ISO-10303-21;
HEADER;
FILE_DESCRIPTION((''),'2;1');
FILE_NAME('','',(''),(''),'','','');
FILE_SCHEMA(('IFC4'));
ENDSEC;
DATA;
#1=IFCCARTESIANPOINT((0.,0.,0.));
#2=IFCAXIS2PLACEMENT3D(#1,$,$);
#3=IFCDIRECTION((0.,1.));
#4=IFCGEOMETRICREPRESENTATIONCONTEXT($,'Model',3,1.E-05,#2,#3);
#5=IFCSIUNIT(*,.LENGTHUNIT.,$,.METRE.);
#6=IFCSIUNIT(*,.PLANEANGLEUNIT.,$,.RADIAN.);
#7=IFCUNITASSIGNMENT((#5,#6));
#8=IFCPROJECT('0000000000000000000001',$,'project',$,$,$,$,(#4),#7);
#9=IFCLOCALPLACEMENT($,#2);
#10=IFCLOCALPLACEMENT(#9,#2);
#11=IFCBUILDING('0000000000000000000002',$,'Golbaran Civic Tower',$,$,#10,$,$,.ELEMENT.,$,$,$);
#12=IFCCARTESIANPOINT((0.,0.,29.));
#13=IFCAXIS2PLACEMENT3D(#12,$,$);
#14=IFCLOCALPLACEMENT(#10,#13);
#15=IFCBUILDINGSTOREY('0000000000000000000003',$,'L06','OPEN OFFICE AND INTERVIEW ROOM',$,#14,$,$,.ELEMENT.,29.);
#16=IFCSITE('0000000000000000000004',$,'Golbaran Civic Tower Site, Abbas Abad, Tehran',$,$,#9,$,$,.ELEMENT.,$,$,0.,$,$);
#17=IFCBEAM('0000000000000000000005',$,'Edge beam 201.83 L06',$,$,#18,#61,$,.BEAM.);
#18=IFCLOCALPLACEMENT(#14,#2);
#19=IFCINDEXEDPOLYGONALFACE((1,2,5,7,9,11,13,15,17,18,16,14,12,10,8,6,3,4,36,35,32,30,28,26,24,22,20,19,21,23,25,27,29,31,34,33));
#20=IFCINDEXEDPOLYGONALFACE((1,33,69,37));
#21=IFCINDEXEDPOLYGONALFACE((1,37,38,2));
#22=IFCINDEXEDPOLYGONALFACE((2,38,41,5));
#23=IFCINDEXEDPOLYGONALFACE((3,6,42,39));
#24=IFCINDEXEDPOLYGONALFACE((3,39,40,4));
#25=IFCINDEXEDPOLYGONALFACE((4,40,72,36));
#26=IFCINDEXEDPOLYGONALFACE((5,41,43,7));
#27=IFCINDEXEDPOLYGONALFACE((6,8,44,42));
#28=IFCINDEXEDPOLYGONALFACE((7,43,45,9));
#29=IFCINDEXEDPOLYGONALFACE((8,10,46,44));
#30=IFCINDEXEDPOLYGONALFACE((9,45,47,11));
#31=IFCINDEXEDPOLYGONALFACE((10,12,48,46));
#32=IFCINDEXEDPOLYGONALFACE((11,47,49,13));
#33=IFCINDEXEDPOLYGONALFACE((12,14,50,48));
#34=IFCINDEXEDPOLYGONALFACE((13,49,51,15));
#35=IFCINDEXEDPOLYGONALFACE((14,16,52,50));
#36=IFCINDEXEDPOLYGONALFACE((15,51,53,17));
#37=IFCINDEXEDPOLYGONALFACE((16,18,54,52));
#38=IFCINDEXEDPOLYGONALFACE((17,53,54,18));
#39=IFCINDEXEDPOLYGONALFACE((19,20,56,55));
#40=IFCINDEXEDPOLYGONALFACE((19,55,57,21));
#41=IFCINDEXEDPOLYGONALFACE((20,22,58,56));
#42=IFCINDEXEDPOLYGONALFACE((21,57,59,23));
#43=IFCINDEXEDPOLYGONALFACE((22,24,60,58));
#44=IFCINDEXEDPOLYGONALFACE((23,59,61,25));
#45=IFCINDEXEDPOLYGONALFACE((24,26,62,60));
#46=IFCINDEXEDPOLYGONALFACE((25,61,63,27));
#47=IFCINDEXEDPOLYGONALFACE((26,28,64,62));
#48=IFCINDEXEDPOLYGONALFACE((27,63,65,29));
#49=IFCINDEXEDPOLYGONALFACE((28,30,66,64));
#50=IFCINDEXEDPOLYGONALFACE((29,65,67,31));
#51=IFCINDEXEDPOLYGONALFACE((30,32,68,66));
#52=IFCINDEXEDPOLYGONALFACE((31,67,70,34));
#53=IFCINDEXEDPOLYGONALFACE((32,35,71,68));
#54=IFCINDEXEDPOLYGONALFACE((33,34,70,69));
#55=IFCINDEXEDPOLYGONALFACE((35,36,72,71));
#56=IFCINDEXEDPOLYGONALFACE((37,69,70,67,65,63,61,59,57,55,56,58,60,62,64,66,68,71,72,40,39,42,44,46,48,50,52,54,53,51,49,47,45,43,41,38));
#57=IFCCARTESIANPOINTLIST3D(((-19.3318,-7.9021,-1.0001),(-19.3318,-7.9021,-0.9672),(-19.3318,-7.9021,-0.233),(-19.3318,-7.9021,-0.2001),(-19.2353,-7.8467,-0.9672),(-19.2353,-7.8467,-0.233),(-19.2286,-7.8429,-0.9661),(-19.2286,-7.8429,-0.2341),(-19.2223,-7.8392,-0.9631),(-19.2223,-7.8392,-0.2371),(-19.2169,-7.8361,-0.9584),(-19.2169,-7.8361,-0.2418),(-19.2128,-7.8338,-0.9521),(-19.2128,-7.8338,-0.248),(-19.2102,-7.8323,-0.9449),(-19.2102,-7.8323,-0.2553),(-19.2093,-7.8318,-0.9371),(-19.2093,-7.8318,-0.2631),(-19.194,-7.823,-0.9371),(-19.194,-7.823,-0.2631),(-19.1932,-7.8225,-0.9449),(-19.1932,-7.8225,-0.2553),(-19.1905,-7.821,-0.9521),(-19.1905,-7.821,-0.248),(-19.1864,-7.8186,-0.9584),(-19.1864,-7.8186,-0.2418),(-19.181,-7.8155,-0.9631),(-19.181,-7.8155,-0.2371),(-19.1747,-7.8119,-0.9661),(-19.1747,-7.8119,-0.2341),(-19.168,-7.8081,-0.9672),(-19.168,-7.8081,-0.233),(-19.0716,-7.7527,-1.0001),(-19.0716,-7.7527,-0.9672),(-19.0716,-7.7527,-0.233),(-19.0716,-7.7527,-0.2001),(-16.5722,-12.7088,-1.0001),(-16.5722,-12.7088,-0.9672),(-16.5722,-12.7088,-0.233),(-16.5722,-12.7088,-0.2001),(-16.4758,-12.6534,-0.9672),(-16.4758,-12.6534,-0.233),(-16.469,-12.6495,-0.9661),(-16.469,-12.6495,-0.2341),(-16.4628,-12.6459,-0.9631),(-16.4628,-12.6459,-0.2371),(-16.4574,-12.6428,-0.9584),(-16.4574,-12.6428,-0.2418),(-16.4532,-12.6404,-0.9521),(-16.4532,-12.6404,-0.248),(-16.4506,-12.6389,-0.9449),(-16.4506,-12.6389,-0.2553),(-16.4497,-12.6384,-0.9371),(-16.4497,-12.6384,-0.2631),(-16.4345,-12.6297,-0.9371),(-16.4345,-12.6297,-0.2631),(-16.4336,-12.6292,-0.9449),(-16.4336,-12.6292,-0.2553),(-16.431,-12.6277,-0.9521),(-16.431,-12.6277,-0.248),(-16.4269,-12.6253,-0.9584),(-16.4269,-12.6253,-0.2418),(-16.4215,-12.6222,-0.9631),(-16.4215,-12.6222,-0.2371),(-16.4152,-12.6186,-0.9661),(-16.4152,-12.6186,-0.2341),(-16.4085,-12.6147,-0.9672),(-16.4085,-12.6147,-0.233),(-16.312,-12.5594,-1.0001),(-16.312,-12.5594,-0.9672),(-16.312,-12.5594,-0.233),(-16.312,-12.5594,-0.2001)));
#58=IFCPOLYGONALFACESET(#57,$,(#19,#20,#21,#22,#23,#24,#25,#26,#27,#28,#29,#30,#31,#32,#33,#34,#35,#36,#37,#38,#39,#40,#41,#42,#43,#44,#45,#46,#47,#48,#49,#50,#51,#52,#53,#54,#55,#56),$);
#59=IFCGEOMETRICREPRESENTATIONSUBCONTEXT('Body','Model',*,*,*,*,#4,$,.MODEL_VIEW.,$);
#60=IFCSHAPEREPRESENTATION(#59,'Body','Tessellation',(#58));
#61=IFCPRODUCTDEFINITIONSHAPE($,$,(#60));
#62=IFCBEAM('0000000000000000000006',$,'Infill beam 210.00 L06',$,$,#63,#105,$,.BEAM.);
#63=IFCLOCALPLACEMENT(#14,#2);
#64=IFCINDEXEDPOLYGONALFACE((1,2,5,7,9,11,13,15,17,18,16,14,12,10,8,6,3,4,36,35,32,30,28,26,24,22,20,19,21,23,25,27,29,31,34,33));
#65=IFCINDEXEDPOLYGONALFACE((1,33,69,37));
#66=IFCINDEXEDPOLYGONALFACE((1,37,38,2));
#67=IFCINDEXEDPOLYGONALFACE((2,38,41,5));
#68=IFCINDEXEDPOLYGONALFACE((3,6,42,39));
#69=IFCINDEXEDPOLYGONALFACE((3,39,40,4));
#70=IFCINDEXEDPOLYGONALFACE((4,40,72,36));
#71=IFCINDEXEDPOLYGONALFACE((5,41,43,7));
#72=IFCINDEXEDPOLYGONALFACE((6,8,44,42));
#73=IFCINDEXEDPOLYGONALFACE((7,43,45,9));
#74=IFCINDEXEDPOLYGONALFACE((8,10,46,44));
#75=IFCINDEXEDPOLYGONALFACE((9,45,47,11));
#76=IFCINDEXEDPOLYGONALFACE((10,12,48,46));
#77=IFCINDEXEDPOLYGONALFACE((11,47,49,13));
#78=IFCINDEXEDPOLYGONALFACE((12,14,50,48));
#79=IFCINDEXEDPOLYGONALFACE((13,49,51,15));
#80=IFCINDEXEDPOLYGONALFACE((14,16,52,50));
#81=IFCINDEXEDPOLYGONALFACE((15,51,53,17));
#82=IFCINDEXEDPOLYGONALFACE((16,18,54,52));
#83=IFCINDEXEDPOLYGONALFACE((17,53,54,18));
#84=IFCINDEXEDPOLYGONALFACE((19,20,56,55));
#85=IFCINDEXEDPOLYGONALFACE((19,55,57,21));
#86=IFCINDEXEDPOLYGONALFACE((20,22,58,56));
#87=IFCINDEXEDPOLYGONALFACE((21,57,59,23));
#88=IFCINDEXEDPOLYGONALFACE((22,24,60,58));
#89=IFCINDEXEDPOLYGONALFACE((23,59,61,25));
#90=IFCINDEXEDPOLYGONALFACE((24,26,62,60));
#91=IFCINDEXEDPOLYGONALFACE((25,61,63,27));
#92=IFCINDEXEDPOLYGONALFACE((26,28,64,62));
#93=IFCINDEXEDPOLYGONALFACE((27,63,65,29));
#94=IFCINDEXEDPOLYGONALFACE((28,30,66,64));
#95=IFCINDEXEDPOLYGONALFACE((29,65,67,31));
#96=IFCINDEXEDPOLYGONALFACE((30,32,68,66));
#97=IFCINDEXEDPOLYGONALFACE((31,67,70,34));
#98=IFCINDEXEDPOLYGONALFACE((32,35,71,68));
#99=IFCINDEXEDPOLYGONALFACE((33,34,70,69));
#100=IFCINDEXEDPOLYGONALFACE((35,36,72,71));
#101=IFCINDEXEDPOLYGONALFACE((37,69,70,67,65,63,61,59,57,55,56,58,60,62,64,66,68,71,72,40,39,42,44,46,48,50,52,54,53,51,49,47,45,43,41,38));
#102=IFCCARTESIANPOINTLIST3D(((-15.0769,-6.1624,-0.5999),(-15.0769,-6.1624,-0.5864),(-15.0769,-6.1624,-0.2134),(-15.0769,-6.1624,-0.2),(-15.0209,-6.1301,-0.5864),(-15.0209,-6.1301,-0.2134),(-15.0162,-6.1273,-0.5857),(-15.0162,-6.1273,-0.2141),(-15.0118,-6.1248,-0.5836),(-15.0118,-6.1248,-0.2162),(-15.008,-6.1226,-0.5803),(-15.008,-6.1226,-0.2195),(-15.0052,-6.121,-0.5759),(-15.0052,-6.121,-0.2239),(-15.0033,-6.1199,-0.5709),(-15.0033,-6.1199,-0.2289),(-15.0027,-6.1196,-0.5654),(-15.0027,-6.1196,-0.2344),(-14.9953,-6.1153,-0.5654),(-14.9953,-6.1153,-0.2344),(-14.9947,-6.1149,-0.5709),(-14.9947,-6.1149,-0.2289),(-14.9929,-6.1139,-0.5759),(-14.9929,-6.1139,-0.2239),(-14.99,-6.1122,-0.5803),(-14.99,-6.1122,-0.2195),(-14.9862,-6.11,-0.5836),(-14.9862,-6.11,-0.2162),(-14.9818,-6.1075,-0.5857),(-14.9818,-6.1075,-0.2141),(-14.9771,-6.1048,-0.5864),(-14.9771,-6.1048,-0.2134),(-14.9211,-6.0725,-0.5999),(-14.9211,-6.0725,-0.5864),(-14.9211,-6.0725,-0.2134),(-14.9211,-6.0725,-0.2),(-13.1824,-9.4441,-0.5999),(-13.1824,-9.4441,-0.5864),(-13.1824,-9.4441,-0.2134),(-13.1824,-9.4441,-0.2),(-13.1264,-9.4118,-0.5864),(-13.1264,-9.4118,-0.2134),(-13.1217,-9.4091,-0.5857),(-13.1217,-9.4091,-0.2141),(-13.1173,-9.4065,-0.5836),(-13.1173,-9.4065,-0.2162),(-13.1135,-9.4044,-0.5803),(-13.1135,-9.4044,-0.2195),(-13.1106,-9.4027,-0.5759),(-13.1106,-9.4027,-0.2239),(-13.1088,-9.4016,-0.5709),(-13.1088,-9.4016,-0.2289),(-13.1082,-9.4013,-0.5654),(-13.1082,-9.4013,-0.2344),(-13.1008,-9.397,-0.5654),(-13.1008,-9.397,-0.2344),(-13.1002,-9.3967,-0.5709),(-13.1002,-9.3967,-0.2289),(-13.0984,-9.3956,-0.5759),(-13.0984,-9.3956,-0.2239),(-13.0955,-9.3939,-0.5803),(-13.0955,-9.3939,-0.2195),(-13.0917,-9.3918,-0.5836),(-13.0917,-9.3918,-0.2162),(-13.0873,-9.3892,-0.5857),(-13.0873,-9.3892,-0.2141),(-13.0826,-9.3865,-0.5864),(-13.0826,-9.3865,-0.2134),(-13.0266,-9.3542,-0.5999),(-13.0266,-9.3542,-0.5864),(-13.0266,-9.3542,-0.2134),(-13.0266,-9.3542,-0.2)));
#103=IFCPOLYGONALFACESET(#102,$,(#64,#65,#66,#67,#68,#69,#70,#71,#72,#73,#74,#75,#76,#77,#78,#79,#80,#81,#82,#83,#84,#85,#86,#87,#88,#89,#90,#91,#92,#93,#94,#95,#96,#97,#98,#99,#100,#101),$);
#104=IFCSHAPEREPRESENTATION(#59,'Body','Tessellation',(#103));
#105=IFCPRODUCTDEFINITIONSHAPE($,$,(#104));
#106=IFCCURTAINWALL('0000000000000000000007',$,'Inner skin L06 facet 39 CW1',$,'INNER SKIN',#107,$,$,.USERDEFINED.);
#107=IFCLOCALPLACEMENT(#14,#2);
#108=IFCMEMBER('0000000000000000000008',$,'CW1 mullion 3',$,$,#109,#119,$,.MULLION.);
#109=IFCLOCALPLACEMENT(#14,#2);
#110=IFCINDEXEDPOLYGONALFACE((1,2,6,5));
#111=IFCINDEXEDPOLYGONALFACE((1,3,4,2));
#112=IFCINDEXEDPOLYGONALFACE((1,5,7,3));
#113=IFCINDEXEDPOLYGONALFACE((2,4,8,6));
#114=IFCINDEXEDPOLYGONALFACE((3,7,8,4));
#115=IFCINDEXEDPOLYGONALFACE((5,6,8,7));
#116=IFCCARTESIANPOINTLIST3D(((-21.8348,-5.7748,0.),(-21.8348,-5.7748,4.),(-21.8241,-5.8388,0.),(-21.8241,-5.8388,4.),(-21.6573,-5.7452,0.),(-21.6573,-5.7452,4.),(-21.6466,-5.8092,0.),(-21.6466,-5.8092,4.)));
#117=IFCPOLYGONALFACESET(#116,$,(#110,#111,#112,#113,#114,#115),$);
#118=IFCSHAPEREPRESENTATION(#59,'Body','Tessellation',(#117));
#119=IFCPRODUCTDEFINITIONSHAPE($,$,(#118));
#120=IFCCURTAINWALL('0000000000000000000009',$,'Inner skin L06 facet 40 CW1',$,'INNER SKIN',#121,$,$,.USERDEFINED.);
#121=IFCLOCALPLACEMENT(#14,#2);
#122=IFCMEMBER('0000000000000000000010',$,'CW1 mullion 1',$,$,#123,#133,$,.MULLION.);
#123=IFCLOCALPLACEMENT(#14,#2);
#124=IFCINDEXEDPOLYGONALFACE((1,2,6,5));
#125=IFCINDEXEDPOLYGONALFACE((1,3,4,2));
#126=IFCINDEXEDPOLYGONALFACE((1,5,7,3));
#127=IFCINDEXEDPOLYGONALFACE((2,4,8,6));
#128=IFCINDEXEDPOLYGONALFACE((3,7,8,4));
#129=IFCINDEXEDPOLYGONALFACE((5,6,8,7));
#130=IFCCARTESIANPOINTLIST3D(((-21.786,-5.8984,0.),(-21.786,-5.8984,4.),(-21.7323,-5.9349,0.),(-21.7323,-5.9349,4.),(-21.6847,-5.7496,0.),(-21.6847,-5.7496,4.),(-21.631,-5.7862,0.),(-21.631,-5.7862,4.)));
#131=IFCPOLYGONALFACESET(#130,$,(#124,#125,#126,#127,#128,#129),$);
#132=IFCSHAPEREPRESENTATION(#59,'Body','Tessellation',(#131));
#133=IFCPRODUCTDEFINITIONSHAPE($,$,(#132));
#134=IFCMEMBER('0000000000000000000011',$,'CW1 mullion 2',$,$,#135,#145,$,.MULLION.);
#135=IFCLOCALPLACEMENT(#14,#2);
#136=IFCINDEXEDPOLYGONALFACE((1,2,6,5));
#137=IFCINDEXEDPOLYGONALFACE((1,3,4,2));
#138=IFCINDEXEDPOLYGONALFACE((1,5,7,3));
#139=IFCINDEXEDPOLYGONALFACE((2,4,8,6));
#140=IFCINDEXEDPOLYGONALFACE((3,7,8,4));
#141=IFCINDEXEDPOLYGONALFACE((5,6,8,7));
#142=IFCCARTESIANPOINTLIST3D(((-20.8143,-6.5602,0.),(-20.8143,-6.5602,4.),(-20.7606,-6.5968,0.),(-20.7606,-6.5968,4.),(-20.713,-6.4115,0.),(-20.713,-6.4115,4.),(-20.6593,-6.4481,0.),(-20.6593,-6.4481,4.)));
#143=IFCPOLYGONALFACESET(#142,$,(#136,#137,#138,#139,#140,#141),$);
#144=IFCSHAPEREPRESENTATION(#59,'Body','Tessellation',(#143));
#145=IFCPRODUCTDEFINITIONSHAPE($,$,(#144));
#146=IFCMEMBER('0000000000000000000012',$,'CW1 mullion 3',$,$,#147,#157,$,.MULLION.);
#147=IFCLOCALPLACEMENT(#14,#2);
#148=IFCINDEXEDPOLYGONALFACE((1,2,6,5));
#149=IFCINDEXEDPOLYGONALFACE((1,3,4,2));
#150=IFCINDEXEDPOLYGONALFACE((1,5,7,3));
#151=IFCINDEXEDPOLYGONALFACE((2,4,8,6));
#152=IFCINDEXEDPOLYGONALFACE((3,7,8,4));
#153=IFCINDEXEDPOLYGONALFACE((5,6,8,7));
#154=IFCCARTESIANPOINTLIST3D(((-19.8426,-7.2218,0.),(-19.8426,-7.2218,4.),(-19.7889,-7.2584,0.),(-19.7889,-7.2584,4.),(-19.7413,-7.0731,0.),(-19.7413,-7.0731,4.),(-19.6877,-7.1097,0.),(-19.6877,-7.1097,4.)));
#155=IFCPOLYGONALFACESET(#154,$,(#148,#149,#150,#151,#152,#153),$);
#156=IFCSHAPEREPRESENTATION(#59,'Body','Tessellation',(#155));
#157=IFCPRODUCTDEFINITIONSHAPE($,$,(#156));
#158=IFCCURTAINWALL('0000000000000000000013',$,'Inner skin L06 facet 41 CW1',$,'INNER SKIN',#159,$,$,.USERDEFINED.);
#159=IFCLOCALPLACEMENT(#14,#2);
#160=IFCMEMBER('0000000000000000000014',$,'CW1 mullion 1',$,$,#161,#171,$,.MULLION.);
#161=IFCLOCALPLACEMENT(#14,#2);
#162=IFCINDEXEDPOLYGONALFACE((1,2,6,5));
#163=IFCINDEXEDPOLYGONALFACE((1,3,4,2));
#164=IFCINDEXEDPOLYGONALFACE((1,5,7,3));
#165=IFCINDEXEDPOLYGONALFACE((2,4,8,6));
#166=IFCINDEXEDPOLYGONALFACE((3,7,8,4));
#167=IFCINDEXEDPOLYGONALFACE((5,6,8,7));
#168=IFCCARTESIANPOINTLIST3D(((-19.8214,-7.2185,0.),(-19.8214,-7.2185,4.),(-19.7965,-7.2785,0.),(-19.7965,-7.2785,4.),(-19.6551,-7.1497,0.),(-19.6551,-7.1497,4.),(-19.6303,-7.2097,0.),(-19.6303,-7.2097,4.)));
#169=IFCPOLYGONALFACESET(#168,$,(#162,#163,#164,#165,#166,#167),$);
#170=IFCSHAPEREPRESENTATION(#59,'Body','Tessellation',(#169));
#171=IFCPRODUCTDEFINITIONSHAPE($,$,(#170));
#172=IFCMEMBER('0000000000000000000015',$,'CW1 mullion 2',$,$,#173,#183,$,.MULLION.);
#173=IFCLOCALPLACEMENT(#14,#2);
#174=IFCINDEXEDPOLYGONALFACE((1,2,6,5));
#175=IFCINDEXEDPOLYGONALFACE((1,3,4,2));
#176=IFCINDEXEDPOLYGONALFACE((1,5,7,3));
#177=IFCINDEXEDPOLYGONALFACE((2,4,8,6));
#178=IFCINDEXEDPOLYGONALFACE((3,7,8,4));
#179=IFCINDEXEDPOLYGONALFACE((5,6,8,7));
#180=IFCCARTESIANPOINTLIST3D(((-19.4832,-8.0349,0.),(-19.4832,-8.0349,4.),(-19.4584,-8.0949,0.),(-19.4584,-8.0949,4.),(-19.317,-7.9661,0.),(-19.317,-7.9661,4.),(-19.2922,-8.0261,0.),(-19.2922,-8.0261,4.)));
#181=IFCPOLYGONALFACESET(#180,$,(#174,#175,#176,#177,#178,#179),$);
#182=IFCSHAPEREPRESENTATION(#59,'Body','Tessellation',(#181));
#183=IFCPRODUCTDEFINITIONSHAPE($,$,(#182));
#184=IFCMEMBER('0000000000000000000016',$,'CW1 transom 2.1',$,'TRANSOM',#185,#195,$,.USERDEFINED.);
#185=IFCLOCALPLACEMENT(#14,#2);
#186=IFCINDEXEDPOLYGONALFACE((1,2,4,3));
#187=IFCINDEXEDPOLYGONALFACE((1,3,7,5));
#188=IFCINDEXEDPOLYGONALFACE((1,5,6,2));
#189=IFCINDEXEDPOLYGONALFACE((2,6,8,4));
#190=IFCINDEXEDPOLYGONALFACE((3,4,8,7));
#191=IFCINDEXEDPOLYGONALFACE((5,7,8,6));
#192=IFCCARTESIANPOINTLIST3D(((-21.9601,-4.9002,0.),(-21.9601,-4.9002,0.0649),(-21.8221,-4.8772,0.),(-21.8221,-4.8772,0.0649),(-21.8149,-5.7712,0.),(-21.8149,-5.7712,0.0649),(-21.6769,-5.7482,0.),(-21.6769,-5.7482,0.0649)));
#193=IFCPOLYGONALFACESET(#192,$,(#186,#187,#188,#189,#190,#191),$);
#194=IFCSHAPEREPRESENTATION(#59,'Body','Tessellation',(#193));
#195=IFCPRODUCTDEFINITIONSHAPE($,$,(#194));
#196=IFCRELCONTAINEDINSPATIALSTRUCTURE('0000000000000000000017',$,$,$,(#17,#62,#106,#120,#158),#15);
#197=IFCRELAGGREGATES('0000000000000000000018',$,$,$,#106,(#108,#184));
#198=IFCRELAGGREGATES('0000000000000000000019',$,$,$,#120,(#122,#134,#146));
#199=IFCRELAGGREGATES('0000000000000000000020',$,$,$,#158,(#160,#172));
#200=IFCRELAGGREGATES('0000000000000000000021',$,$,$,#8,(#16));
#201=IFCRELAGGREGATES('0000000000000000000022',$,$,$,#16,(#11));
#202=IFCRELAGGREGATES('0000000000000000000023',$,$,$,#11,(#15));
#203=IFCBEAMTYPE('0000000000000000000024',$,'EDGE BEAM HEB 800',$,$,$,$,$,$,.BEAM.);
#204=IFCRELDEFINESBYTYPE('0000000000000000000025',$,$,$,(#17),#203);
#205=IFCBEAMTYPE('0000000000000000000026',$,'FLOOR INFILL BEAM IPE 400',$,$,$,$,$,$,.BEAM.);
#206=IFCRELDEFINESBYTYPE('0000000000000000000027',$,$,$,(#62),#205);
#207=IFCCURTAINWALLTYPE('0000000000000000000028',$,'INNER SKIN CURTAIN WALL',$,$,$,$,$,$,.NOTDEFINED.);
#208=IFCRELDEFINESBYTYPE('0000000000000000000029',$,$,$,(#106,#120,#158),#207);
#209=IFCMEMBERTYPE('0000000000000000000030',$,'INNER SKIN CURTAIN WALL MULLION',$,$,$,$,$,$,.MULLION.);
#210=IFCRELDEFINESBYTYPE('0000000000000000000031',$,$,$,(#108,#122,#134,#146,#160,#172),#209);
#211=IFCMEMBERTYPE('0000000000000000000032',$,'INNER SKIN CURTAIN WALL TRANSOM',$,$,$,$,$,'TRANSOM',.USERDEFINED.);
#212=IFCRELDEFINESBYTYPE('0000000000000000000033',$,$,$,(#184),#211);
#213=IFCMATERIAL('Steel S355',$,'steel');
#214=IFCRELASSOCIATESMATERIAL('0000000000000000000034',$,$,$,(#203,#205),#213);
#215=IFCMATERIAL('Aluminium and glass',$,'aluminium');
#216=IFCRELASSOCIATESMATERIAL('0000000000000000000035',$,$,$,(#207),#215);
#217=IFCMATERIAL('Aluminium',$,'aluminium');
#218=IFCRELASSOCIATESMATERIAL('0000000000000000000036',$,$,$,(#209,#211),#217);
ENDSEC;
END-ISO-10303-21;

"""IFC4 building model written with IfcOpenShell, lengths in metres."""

from ifc_helpers import new_model, si_unit, direction, frame, origin, origin_2d, place, context, subcontext, project, spatial, rectangle, i_section, extrude, material, material_profile, profile_set, type_object, element, aggregate, save


model = new_model("IFC4")

# Units and contexts
model_context = context("Model", 3, precision=1e-05, world=origin(), true_north=direction((0.0, 1.0)))
body_context = subcontext(model_context, "Body", "Model", "MODEL_VIEW")
ifc_project = project(units=[si_unit("LENGTHUNIT", "METRE"), si_unit("PLANEANGLEUNIT", "RADIAN")], contexts=[model_context])

# Site, building, storey
site_placement = place(None, origin())
site = spatial("IfcSite", under=ifc_project, at=site_placement, Name="Golbaran Civic Tower Site, Abbas Abad, Tehran", CompositionType="ELEMENT", RefElevation=0.0)
building_placement = place(site_placement, origin())
building = spatial("IfcBuilding", under=site, at=building_placement, Name="Golbaran Civic Tower", CompositionType="ELEMENT")
storey_placement = place(building_placement, frame((0.0, 0.0, 29.0)))
storey = spatial("IfcBuildingStorey", under=building, at=storey_placement, Name="L06", Description="OPEN OFFICE AND INTERVIEW ROOM", CompositionType="ELEMENT", Elevation=29.0)

# Beams
ifc_material_1 = material(Name="Steel S355", Category="steel")
ifc_material_profile_1 = material_profile(ifc_material_1, i_section(OverallWidth=0.3, OverallDepth=0.8, WebThickness=0.0176, FlangeThickness=0.033, FilletRadius=0.03, at=origin_2d()), Name="HEB 800")
ifc_profile_set_1 = profile_set([ifc_material_profile_1], Name="Steel S355")
beam_type_1 = type_object("IfcBeamType", Name="EDGE BEAM HEB 800", PredefinedType="BEAM", material=ifc_profile_set_1)
beam_1_placement = place(storey_placement, frame((-19.2017, -7.8274, -0.6001), z_axis=(0.497888, -0.867241, 0.0), x_axis=(0.867241, 0.497888, 0.0)))
element("IfcBeam", 1, at=beam_1_placement, inside=storey, type_object=beam_type_1, Name="Edge beam 201.83 L06", PredefinedType="BEAM", context=body_context, shape_type="SweptSolid", body=[
    extrude(i_section(OverallWidth=0.3, OverallDepth=0.8, WebThickness=0.0176, FlangeThickness=0.033, FilletRadius=0.03, at=origin_2d()), origin(), (0.0, 0.0, 1.0), 5.5425),
])
ifc_material_profile_2 = material_profile(ifc_material_1, i_section(OverallWidth=0.1799, OverallDepth=0.3999, WebThickness=0.0085, FlangeThickness=0.0134, FilletRadius=0.021, at=origin_2d()), Name="IPE 400")
ifc_profile_set_2 = profile_set([ifc_material_profile_2], Name="Steel S355")
beam_type_2 = type_object("IfcBeamType", Name="FLOOR INFILL BEAM IPE 400", PredefinedType="BEAM", material=ifc_profile_set_2)
beam_2_placement = place(storey_placement, frame((-14.999, -6.1174, -0.3999), z_axis=(0.499964, -0.866046, 0.0), x_axis=(0.866046, 0.499964, 0.0)))
element("IfcBeam", 2, at=beam_2_placement, inside=storey, type_object=beam_type_2, Name="Infill beam 210.00 L06", PredefinedType="BEAM", context=body_context, shape_type="SweptSolid", body=[
    extrude(i_section(OverallWidth=0.1799, OverallDepth=0.3999, WebThickness=0.0085, FlangeThickness=0.0134, FilletRadius=0.021, at=origin_2d()), origin(), (0.0, 0.0, 1.0), 3.7893),
])

# Curtain wall, member
ifc_material_2 = material(Name="Aluminium and glass", Category="aluminium")
curtain_wall_type = type_object("IfcCurtainWallType", Name="INNER SKIN CURTAIN WALL", PredefinedType="NOTDEFINED", material=ifc_material_2)
curtain_wall_1_placement = place(storey_placement, origin())
curtain_wall_1 = element("IfcCurtainWall", 3, at=curtain_wall_1_placement, inside=storey, type_object=curtain_wall_type, Name="Inner skin L06 facet 39 CW1", ObjectType="INNER SKIN", PredefinedType="USERDEFINED")
ifc_material_3 = material(Name="Aluminium", Category="aluminium")
ifc_material_profile_3 = material_profile(ifc_material_3, rectangle(XDim=0.1799, YDim=0.0649, at=origin_2d()), Name="INNER SKIN CURTAIN WALL MULLION")
ifc_profile_set_3 = profile_set([ifc_material_profile_3], Name="Aluminium")
member_type_1 = type_object("IfcMemberType", Name="INNER SKIN CURTAIN WALL MULLION", PredefinedType="MULLION", material=ifc_profile_set_3)
member_1_placement = place(storey_placement, frame((-21.7407, -5.792, 0.0), z_axis=(0.0, 0.0, 1.0), x_axis=(0.986391, 0.164415, 0.0)))
member_1 = element("IfcMember", 4, at=member_1_placement, type_object=member_type_1, Name="CW1 mullion 3", PredefinedType="MULLION", context=body_context, shape_type="SweptSolid", body=[
    extrude(rectangle(XDim=0.1799, YDim=0.0649, at=origin_2d()), origin(), (0.0, 0.0, 1.0), 4.0),
])

# Curtain walls, members
curtain_wall_2_placement = place(storey_placement, origin())
curtain_wall_2 = element("IfcCurtainWall", 5, at=curtain_wall_2_placement, inside=storey, type_object=curtain_wall_type, Name="Inner skin L06 facet 40 CW1", ObjectType="INNER SKIN", PredefinedType="USERDEFINED")
member_2_placement = place(storey_placement, frame((-21.7085, -5.8423, 0.0), z_axis=(0.0, 0.0, 1.0), x_axis=(0.562936, 0.8265, 0.0)))
member_2 = element("IfcMember", 6, at=member_2_placement, type_object=member_type_1, Name="CW1 mullion 1", PredefinedType="MULLION", context=body_context, shape_type="SweptSolid", body=[
    extrude(rectangle(XDim=0.1799, YDim=0.0649, at=origin_2d()), origin(), (0.0, 0.0, 1.0), 4.0),
])
member_3_placement = place(storey_placement, frame((-20.7368, -6.5042, 0.0), z_axis=(0.0, 0.0, 1.0), x_axis=(0.562936, 0.8265, 0.0)))
member_3 = element("IfcMember", 7, at=member_3_placement, type_object=member_type_1, Name="CW1 mullion 2", PredefinedType="MULLION", context=body_context, shape_type="SweptSolid", body=[
    extrude(rectangle(XDim=0.1799, YDim=0.0649, at=origin_2d()), origin(), (0.0, 0.0, 1.0), 4.0),
])
member_4_placement = place(storey_placement, frame((-19.7651, -7.1658, 0.0), z_axis=(0.0, 0.0, 1.0), x_axis=(0.562936, 0.8265, 0.0)))
member_4 = element("IfcMember", 8, at=member_4_placement, type_object=member_type_1, Name="CW1 mullion 3", PredefinedType="MULLION", context=body_context, shape_type="SweptSolid", body=[
    extrude(rectangle(XDim=0.1799, YDim=0.0649, at=origin_2d()), origin(), (0.0, 0.0, 1.0), 4.0),
])
curtain_wall_3_placement = place(storey_placement, origin())
curtain_wall_3 = element("IfcCurtainWall", 9, at=curtain_wall_3_placement, inside=storey, type_object=curtain_wall_type, Name="Inner skin L06 facet 41 CW1", ObjectType="INNER SKIN", PredefinedType="USERDEFINED")
member_5_placement = place(storey_placement, frame((-19.7258, -7.2141, 0.0), z_axis=(0.0, 0.0, 1.0), x_axis=(0.92388, 0.382683, 0.0)))
member_5 = element("IfcMember", 10, at=member_5_placement, type_object=member_type_1, Name="CW1 mullion 1", PredefinedType="MULLION", context=body_context, shape_type="SweptSolid", body=[
    extrude(rectangle(XDim=0.1799, YDim=0.0649, at=origin_2d()), origin(), (0.0, 0.0, 1.0), 4.0),
])
member_6_placement = place(storey_placement, frame((-19.3877, -8.0305, 0.0), z_axis=(0.0, 0.0, 1.0), x_axis=(0.92388, 0.382683, 0.0)))
member_6 = element("IfcMember", 11, at=member_6_placement, type_object=member_type_1, Name="CW1 mullion 2", PredefinedType="MULLION", context=body_context, shape_type="SweptSolid", body=[
    extrude(rectangle(XDim=0.1799, YDim=0.0649, at=origin_2d()), origin(), (0.0, 0.0, 1.0), 4.0),
])

# Member
ifc_material_profile_4 = material_profile(ifc_material_3, rectangle(XDim=0.1399, YDim=0.0649, at=origin_2d()), Name="INNER SKIN CURTAIN WALL TRANSOM")
ifc_profile_set_4 = profile_set([ifc_material_profile_4], Name="Aluminium")
member_type_2 = type_object("IfcMemberType", Name="INNER SKIN CURTAIN WALL TRANSOM", ElementType="TRANSOM", PredefinedType="USERDEFINED", material=ifc_profile_set_4)
member_7_placement = place(storey_placement, frame((-21.8911, -4.8887, 0.0325), z_axis=(0.164489, -0.986379, 0.0), x_axis=(0.986379, 0.164489, 0.0)))
member_7 = element("IfcMember", 12, at=member_7_placement, type_object=member_type_2, Name="CW1 transom 2.1", ObjectType="TRANSOM", PredefinedType="USERDEFINED", context=body_context, shape_type="SweptSolid", body=[
    extrude(rectangle(XDim=0.1399, YDim=0.0649, at=origin_2d()), origin(), (0.0, 0.0, 1.0), 0.8831),
])

aggregate(curtain_wall_1, [member_1, member_7])
aggregate(curtain_wall_2, [member_2, member_3, member_4])
aggregate(curtain_wall_3, [member_5, member_6])

save(model, "model.ifc")
